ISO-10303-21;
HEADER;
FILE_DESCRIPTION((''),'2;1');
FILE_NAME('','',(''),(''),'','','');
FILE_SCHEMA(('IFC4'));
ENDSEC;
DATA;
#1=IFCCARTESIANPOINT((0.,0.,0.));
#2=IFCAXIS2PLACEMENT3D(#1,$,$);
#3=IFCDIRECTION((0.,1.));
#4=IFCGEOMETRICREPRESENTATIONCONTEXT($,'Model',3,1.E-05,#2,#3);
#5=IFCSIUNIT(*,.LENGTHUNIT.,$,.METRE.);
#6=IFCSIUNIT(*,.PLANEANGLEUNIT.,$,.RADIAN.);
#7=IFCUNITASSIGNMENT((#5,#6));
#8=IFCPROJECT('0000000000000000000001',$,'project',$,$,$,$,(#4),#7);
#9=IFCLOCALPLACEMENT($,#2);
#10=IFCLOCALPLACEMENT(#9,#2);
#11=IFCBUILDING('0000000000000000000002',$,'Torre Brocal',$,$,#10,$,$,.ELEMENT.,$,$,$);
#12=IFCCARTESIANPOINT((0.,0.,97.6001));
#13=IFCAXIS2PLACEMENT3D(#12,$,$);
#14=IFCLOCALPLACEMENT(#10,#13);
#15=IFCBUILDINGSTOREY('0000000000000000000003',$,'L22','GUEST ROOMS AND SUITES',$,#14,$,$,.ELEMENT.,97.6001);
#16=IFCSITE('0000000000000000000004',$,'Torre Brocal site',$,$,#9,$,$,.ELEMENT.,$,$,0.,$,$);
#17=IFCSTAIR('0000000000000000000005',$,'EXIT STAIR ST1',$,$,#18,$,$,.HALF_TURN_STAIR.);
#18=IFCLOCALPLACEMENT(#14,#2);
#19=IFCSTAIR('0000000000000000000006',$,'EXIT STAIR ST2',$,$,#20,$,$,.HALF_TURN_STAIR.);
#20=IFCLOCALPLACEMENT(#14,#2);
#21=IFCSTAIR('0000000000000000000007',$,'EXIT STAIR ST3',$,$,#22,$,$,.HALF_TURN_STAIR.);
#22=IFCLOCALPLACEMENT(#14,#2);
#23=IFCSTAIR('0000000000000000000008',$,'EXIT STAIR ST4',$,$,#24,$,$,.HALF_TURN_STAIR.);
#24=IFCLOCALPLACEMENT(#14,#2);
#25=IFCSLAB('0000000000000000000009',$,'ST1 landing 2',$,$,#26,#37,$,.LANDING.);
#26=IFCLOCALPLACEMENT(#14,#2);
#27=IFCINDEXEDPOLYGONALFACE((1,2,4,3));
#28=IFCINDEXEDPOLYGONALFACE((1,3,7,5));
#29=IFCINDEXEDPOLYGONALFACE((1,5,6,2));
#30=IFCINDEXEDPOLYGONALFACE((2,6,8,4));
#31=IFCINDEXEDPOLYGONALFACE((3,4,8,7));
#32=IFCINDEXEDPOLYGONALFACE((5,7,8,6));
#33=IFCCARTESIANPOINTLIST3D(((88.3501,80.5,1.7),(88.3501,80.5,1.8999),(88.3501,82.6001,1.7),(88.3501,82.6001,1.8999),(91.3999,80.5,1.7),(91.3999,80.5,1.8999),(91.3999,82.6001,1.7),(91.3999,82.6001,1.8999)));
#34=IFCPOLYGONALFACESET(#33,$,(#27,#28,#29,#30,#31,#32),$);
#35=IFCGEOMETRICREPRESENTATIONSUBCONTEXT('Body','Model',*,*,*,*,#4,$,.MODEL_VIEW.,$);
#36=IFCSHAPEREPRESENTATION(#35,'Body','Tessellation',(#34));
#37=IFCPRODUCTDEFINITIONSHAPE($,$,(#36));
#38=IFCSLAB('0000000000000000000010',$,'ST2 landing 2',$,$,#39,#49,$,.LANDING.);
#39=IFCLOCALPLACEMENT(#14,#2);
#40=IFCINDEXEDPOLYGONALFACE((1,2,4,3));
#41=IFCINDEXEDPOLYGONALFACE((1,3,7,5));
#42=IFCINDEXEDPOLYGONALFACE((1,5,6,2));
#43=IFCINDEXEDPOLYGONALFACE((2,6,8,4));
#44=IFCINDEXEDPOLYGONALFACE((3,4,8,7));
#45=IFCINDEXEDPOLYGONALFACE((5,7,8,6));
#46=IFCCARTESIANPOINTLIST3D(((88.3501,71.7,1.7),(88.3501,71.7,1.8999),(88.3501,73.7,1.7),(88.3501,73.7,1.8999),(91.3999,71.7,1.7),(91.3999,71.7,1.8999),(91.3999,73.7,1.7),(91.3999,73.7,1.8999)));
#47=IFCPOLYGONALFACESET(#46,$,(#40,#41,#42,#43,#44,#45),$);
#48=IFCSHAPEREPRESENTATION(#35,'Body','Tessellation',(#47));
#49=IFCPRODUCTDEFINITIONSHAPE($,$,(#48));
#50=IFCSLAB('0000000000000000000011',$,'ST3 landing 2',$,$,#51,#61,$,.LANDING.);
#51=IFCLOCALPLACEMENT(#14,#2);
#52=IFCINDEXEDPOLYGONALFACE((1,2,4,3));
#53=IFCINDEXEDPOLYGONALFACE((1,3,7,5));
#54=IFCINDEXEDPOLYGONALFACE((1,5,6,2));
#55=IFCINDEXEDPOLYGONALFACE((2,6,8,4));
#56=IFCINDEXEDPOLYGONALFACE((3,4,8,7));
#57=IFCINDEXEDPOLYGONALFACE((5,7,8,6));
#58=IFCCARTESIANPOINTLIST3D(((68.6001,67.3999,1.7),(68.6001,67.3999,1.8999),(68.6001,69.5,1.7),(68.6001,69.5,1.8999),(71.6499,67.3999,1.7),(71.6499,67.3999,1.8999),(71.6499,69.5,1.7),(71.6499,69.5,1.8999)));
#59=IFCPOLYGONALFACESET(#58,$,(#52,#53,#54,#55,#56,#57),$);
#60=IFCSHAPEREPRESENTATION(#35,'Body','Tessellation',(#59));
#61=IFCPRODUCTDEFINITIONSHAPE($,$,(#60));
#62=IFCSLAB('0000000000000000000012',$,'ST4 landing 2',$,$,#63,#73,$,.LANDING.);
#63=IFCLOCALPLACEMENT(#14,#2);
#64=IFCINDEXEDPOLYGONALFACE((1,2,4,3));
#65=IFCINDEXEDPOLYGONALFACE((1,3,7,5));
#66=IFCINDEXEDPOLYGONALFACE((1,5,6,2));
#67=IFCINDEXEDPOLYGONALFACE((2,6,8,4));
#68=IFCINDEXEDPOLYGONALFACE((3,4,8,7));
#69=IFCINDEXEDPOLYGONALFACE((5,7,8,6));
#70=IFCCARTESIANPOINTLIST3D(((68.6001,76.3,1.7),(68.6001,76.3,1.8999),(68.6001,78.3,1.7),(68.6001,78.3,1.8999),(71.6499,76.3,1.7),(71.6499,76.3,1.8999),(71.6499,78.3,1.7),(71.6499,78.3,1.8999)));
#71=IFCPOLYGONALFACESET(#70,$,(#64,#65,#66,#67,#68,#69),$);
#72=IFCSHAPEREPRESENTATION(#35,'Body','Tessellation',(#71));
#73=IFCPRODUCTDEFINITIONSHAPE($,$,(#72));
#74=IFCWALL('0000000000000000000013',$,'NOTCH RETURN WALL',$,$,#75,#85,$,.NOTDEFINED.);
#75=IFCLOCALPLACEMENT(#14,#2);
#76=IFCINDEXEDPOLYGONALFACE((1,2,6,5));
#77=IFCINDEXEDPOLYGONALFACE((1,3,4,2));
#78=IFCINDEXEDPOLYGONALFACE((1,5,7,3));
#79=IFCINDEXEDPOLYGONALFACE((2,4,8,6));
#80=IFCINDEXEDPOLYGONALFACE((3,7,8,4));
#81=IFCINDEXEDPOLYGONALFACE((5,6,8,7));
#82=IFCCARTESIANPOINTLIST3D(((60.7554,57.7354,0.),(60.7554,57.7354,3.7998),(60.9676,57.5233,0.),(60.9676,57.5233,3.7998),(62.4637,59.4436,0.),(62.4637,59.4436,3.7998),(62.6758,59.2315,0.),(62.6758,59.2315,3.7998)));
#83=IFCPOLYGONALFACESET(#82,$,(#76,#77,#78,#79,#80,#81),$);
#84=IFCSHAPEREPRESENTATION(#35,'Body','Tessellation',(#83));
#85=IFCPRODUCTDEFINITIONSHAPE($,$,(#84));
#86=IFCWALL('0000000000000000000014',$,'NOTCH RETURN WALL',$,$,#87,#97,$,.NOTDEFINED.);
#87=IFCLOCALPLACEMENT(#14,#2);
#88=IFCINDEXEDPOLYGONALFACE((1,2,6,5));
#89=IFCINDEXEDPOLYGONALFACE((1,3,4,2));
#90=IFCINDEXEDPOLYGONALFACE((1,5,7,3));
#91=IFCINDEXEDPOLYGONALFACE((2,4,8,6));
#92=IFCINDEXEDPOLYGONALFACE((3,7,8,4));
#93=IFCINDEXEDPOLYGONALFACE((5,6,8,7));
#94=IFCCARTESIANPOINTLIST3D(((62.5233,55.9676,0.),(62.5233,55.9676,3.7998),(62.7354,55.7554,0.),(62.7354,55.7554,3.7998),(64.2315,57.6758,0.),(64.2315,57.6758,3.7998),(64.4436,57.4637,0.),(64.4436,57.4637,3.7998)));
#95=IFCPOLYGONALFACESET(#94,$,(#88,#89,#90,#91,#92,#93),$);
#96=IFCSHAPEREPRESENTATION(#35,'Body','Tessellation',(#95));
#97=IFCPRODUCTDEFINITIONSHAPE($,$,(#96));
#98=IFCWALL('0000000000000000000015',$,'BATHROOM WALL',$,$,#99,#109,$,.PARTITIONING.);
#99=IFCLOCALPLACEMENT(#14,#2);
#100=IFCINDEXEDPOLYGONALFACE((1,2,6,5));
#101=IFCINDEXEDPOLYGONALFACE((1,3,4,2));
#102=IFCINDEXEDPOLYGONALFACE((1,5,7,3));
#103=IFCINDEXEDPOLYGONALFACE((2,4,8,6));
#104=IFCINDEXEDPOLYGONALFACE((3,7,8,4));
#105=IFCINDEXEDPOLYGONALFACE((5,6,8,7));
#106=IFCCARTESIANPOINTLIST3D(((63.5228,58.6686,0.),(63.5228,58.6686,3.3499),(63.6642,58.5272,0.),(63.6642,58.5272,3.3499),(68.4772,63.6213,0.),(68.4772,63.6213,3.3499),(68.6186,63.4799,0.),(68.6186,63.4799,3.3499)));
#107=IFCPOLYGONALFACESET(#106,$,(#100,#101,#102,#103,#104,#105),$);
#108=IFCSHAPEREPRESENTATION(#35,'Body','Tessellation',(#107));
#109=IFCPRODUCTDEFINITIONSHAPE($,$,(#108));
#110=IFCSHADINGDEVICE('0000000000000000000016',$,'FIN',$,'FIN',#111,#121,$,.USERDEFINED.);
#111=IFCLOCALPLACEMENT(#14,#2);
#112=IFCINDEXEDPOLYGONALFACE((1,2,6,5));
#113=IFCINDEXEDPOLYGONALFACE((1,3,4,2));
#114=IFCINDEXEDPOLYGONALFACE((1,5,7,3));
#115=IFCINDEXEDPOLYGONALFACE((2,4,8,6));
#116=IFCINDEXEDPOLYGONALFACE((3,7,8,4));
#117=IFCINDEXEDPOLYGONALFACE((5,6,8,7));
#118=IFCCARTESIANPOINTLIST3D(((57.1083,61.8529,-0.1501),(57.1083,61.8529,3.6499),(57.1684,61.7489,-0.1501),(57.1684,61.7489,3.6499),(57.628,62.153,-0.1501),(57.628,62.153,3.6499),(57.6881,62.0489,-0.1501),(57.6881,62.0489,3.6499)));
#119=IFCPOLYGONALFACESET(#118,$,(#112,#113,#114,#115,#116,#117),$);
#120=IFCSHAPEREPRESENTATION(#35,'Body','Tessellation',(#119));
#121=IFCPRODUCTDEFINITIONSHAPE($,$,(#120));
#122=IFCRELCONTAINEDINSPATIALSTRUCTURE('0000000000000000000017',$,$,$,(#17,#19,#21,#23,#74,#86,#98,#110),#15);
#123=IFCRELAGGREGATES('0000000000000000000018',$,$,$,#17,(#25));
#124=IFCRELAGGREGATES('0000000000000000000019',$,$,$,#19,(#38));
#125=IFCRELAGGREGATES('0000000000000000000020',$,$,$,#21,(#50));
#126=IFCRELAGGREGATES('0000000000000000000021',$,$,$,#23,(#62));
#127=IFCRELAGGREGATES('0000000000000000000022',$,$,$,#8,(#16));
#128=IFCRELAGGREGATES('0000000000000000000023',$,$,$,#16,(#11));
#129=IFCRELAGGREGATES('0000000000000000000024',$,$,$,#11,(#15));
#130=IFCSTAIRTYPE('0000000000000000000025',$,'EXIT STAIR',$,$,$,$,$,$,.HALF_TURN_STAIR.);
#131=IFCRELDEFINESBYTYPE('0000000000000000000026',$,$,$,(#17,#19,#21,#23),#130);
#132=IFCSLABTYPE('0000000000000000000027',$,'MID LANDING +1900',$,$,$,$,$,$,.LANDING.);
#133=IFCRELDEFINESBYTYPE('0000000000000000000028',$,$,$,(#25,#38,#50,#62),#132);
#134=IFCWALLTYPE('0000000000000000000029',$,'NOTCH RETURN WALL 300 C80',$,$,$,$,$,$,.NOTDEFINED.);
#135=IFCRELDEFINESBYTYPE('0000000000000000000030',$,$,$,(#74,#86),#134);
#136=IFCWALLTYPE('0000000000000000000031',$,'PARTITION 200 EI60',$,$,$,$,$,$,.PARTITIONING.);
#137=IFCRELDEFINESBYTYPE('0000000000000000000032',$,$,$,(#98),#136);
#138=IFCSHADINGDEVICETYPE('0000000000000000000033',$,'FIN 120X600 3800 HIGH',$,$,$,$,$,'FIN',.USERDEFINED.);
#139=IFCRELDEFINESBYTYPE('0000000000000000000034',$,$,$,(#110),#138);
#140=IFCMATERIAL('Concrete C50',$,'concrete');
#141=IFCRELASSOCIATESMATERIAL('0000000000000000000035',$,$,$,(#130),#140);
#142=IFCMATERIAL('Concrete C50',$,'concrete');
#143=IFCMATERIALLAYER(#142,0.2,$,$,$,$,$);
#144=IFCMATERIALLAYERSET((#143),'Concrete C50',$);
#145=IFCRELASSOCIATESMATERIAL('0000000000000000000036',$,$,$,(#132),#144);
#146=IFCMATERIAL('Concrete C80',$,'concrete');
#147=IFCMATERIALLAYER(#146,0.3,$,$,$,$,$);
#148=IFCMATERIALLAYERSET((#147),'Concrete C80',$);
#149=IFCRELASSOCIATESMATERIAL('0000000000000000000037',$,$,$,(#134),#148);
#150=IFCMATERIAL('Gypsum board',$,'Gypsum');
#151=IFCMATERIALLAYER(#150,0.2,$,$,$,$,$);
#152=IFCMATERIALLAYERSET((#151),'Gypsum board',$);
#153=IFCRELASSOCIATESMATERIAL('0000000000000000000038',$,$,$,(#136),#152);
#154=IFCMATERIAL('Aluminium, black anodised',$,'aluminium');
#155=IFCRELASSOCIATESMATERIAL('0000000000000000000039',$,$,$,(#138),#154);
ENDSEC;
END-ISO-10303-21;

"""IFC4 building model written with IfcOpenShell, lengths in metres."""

from ifc_helpers import new_model, si_unit, direction, frame, frame_2d, origin, origin_2d, place, context, subcontext, project, spatial, polyline, rectangle, outline, extrude, material, layer, layer_set, material_profile, profile_set, type_object, element, aggregate, save


model = new_model("IFC4")

# Units and contexts
model_context = context("Model", 3, precision=1e-05, world=origin(), true_north=direction((0.0, 1.0)))
body_context = subcontext(model_context, "Body", "Model", "MODEL_VIEW")
ifc_project = project(units=[si_unit("LENGTHUNIT", "METRE"), si_unit("PLANEANGLEUNIT", "RADIAN")], contexts=[model_context])

# Site, building, storey
site_placement = place(None, origin())
site = spatial("IfcSite", under=ifc_project, at=site_placement, Name="Torre Brocal site", CompositionType="ELEMENT", RefElevation=0.0)
building_placement = place(site_placement, origin())
building = spatial("IfcBuilding", under=site, at=building_placement, Name="Torre Brocal", CompositionType="ELEMENT")
storey_placement = place(building_placement, frame((0.0, 0.0, 97.6001)))
storey = spatial("IfcBuildingStorey", under=building, at=storey_placement, Name="L22", Description="GUEST ROOMS AND SUITES", CompositionType="ELEMENT", Elevation=97.6001)

# Stairs
ifc_material_1 = material(Name="Concrete C50", Category="concrete")
stair_type = type_object("IfcStairType", Name="EXIT STAIR", PredefinedType="HALF_TURN_STAIR", material=ifc_material_1)
stair_1_placement = place(storey_placement, origin())
stair_1 = element("IfcStair", 1, at=stair_1_placement, inside=storey, type_object=stair_type, Name="EXIT STAIR ST1", PredefinedType="HALF_TURN_STAIR")
stair_2_placement = place(storey_placement, origin())
stair_2 = element("IfcStair", 2, at=stair_2_placement, inside=storey, type_object=stair_type, Name="EXIT STAIR ST2", PredefinedType="HALF_TURN_STAIR")
stair_3_placement = place(storey_placement, origin())
stair_3 = element("IfcStair", 3, at=stair_3_placement, inside=storey, type_object=stair_type, Name="EXIT STAIR ST3", PredefinedType="HALF_TURN_STAIR")
stair_4_placement = place(storey_placement, origin())
stair_4 = element("IfcStair", 4, at=stair_4_placement, inside=storey, type_object=stair_type, Name="EXIT STAIR ST4", PredefinedType="HALF_TURN_STAIR")

# Slabs
ifc_material_2 = material(Name="Concrete C50", Category="concrete")
ifc_layer_1 = layer(ifc_material_2, 0.2)
ifc_layer_set_1 = layer_set([ifc_layer_1], Name="Concrete C50")
slab_type_1 = type_object("IfcSlabType", Name="MID LANDING +1900", PredefinedType="LANDING", material=ifc_layer_set_1)
slab_1_placement = place(storey_placement, frame((0.0, 0.0, 1.7)))
slab_1 = element("IfcSlab", 5, at=slab_1_placement, type_object=slab_type_1, Name="ST1 landing 2", PredefinedType="LANDING", context=body_context, shape_type="SweptSolid", body=[
    extrude(outline(polyline([(88.3501, 80.5), (91.3999, 80.5), (91.3999, 82.6001), (88.3501, 82.6001), (88.3501, 80.5)])), origin(), (0.0, 0.0, 1.0), 0.2),
])
aggregate(stair_1, [slab_1])
slab_2_placement = place(storey_placement, frame((0.0, 0.0, 1.7)))
slab_2 = element("IfcSlab", 6, at=slab_2_placement, type_object=slab_type_1, Name="ST2 landing 2", PredefinedType="LANDING", context=body_context, shape_type="SweptSolid", body=[
    extrude(outline(polyline([(88.3501, 71.7), (91.3999, 71.7), (91.3999, 73.7), (88.3501, 73.7), (88.3501, 71.7)])), origin(), (0.0, 0.0, 1.0), 0.2),
])
aggregate(stair_2, [slab_2])
slab_3_placement = place(storey_placement, frame((0.0, 0.0, 1.7)))
slab_3 = element("IfcSlab", 7, at=slab_3_placement, type_object=slab_type_1, Name="ST3 landing 2", PredefinedType="LANDING", context=body_context, shape_type="SweptSolid", body=[
    extrude(outline(polyline([(71.6499, 69.5), (68.6001, 69.5), (68.6001, 67.3999), (71.6499, 67.3999), (71.6499, 69.5)])), origin(), (0.0, 0.0, 1.0), 0.2),
])
aggregate(stair_3, [slab_3])
slab_4_placement = place(storey_placement, frame((0.0, 0.0, 1.7)))
slab_4 = element("IfcSlab", 8, at=slab_4_placement, type_object=slab_type_1, Name="ST4 landing 2", PredefinedType="LANDING", context=body_context, shape_type="SweptSolid", body=[
    extrude(outline(polyline([(71.6499, 78.3), (68.6001, 78.3), (68.6001, 76.3), (71.6499, 76.3), (71.6499, 78.3)])), origin(), (0.0, 0.0, 1.0), 0.2),
])
aggregate(stair_4, [slab_4])

# Walls
ifc_material_3 = material(Name="Concrete C80", Category="concrete")
ifc_layer_2 = layer(ifc_material_3, 0.3)
ifc_layer_set_2 = layer_set([ifc_layer_2], Name="Concrete C80")
wall_type_1 = type_object("IfcWallType", Name="NOTCH RETURN WALL 300 C80", PredefinedType="NOTDEFINED", material=ifc_layer_set_2)
for number, where, z_axis, x_axis, name in (
    (9, (62.5698, 59.3376, 0.0), (0.0, 0.0, 1.0), (-0.707107, -0.707107, 0.0), "NOTCH RETURN WALL"),
    (10, (64.3376, 57.5698, 0.0), (0.0, 0.0, 1.0), (-0.707107, -0.707107, 0.0), "NOTCH RETURN WALL"),
):
    element("IfcWall", number, at=place(storey_placement, frame(where, z_axis=z_axis, x_axis=x_axis)), inside=storey, type_object=wall_type_1, Name=name, PredefinedType="NOTDEFINED", context=body_context, shape_type="SweptSolid", body=[
        extrude(rectangle(XDim=2.4158, YDim=0.3, at=frame_2d((1.208, 0.0))), origin(), (0.0, 0.0, 1.0), 3.7998),
    ])
ifc_material_4 = material(Name="Gypsum board", Category="Gypsum")
ifc_layer_3 = layer(ifc_material_4, 0.2)
ifc_layer_set_3 = layer_set([ifc_layer_3], Name="Gypsum board")
wall_type_2 = type_object("IfcWallType", Name="PARTITION 200 EI60", PredefinedType="PARTITIONING", material=ifc_layer_set_3)
wall_placement = place(storey_placement, frame((63.5935, 58.5979, 0.0), z_axis=(0.0, 0.0, 1.0), x_axis=(0.707229, 0.706985, 0.0)))
element("IfcWall", 11, at=wall_placement, inside=storey, type_object=wall_type_2, Name="BATHROOM WALL", PredefinedType="PARTITIONING", context=body_context, shape_type="SweptSolid", body=[
    extrude(rectangle(XDim=7.0054, YDim=0.2, at=frame_2d((3.5027, 0.0))), origin(), (0.0, 0.0, 1.0), 3.3499),
])

# Shading device
ifc_material_5 = material(Name="Aluminium, black anodised", Category="aluminium")
ifc_material_profile_1 = material_profile(ifc_material_5, rectangle(XDim=0.1201, YDim=0.6001, at=origin_2d()), Name="FIN 120X600 3800 HIGH")
ifc_profile_set_1 = profile_set([ifc_material_profile_1], Name="Aluminium, black anodised")
shading_device_type = type_object("IfcShadingDeviceType", Name="FIN 120X600 3800 HIGH", ElementType="FIN", PredefinedType="USERDEFINED", material=ifc_profile_set_1)
shading_device_placement = place(storey_placement, frame((57.3982, 61.9509, -0.1501), z_axis=(0.0, 0.0, 1.0), x_axis=(0.5, -0.866025, 0.0)))
element("IfcShadingDevice", 12, at=shading_device_placement, inside=storey, type_object=shading_device_type, Name="FIN", ObjectType="FIN", PredefinedType="USERDEFINED", context=body_context, shape_type="SweptSolid", body=[
    extrude(rectangle(XDim=0.1201, YDim=0.6001, at=origin_2d()), origin(), (0.0, 0.0, 1.0), 3.8),
])

save(model, "model.ifc")
